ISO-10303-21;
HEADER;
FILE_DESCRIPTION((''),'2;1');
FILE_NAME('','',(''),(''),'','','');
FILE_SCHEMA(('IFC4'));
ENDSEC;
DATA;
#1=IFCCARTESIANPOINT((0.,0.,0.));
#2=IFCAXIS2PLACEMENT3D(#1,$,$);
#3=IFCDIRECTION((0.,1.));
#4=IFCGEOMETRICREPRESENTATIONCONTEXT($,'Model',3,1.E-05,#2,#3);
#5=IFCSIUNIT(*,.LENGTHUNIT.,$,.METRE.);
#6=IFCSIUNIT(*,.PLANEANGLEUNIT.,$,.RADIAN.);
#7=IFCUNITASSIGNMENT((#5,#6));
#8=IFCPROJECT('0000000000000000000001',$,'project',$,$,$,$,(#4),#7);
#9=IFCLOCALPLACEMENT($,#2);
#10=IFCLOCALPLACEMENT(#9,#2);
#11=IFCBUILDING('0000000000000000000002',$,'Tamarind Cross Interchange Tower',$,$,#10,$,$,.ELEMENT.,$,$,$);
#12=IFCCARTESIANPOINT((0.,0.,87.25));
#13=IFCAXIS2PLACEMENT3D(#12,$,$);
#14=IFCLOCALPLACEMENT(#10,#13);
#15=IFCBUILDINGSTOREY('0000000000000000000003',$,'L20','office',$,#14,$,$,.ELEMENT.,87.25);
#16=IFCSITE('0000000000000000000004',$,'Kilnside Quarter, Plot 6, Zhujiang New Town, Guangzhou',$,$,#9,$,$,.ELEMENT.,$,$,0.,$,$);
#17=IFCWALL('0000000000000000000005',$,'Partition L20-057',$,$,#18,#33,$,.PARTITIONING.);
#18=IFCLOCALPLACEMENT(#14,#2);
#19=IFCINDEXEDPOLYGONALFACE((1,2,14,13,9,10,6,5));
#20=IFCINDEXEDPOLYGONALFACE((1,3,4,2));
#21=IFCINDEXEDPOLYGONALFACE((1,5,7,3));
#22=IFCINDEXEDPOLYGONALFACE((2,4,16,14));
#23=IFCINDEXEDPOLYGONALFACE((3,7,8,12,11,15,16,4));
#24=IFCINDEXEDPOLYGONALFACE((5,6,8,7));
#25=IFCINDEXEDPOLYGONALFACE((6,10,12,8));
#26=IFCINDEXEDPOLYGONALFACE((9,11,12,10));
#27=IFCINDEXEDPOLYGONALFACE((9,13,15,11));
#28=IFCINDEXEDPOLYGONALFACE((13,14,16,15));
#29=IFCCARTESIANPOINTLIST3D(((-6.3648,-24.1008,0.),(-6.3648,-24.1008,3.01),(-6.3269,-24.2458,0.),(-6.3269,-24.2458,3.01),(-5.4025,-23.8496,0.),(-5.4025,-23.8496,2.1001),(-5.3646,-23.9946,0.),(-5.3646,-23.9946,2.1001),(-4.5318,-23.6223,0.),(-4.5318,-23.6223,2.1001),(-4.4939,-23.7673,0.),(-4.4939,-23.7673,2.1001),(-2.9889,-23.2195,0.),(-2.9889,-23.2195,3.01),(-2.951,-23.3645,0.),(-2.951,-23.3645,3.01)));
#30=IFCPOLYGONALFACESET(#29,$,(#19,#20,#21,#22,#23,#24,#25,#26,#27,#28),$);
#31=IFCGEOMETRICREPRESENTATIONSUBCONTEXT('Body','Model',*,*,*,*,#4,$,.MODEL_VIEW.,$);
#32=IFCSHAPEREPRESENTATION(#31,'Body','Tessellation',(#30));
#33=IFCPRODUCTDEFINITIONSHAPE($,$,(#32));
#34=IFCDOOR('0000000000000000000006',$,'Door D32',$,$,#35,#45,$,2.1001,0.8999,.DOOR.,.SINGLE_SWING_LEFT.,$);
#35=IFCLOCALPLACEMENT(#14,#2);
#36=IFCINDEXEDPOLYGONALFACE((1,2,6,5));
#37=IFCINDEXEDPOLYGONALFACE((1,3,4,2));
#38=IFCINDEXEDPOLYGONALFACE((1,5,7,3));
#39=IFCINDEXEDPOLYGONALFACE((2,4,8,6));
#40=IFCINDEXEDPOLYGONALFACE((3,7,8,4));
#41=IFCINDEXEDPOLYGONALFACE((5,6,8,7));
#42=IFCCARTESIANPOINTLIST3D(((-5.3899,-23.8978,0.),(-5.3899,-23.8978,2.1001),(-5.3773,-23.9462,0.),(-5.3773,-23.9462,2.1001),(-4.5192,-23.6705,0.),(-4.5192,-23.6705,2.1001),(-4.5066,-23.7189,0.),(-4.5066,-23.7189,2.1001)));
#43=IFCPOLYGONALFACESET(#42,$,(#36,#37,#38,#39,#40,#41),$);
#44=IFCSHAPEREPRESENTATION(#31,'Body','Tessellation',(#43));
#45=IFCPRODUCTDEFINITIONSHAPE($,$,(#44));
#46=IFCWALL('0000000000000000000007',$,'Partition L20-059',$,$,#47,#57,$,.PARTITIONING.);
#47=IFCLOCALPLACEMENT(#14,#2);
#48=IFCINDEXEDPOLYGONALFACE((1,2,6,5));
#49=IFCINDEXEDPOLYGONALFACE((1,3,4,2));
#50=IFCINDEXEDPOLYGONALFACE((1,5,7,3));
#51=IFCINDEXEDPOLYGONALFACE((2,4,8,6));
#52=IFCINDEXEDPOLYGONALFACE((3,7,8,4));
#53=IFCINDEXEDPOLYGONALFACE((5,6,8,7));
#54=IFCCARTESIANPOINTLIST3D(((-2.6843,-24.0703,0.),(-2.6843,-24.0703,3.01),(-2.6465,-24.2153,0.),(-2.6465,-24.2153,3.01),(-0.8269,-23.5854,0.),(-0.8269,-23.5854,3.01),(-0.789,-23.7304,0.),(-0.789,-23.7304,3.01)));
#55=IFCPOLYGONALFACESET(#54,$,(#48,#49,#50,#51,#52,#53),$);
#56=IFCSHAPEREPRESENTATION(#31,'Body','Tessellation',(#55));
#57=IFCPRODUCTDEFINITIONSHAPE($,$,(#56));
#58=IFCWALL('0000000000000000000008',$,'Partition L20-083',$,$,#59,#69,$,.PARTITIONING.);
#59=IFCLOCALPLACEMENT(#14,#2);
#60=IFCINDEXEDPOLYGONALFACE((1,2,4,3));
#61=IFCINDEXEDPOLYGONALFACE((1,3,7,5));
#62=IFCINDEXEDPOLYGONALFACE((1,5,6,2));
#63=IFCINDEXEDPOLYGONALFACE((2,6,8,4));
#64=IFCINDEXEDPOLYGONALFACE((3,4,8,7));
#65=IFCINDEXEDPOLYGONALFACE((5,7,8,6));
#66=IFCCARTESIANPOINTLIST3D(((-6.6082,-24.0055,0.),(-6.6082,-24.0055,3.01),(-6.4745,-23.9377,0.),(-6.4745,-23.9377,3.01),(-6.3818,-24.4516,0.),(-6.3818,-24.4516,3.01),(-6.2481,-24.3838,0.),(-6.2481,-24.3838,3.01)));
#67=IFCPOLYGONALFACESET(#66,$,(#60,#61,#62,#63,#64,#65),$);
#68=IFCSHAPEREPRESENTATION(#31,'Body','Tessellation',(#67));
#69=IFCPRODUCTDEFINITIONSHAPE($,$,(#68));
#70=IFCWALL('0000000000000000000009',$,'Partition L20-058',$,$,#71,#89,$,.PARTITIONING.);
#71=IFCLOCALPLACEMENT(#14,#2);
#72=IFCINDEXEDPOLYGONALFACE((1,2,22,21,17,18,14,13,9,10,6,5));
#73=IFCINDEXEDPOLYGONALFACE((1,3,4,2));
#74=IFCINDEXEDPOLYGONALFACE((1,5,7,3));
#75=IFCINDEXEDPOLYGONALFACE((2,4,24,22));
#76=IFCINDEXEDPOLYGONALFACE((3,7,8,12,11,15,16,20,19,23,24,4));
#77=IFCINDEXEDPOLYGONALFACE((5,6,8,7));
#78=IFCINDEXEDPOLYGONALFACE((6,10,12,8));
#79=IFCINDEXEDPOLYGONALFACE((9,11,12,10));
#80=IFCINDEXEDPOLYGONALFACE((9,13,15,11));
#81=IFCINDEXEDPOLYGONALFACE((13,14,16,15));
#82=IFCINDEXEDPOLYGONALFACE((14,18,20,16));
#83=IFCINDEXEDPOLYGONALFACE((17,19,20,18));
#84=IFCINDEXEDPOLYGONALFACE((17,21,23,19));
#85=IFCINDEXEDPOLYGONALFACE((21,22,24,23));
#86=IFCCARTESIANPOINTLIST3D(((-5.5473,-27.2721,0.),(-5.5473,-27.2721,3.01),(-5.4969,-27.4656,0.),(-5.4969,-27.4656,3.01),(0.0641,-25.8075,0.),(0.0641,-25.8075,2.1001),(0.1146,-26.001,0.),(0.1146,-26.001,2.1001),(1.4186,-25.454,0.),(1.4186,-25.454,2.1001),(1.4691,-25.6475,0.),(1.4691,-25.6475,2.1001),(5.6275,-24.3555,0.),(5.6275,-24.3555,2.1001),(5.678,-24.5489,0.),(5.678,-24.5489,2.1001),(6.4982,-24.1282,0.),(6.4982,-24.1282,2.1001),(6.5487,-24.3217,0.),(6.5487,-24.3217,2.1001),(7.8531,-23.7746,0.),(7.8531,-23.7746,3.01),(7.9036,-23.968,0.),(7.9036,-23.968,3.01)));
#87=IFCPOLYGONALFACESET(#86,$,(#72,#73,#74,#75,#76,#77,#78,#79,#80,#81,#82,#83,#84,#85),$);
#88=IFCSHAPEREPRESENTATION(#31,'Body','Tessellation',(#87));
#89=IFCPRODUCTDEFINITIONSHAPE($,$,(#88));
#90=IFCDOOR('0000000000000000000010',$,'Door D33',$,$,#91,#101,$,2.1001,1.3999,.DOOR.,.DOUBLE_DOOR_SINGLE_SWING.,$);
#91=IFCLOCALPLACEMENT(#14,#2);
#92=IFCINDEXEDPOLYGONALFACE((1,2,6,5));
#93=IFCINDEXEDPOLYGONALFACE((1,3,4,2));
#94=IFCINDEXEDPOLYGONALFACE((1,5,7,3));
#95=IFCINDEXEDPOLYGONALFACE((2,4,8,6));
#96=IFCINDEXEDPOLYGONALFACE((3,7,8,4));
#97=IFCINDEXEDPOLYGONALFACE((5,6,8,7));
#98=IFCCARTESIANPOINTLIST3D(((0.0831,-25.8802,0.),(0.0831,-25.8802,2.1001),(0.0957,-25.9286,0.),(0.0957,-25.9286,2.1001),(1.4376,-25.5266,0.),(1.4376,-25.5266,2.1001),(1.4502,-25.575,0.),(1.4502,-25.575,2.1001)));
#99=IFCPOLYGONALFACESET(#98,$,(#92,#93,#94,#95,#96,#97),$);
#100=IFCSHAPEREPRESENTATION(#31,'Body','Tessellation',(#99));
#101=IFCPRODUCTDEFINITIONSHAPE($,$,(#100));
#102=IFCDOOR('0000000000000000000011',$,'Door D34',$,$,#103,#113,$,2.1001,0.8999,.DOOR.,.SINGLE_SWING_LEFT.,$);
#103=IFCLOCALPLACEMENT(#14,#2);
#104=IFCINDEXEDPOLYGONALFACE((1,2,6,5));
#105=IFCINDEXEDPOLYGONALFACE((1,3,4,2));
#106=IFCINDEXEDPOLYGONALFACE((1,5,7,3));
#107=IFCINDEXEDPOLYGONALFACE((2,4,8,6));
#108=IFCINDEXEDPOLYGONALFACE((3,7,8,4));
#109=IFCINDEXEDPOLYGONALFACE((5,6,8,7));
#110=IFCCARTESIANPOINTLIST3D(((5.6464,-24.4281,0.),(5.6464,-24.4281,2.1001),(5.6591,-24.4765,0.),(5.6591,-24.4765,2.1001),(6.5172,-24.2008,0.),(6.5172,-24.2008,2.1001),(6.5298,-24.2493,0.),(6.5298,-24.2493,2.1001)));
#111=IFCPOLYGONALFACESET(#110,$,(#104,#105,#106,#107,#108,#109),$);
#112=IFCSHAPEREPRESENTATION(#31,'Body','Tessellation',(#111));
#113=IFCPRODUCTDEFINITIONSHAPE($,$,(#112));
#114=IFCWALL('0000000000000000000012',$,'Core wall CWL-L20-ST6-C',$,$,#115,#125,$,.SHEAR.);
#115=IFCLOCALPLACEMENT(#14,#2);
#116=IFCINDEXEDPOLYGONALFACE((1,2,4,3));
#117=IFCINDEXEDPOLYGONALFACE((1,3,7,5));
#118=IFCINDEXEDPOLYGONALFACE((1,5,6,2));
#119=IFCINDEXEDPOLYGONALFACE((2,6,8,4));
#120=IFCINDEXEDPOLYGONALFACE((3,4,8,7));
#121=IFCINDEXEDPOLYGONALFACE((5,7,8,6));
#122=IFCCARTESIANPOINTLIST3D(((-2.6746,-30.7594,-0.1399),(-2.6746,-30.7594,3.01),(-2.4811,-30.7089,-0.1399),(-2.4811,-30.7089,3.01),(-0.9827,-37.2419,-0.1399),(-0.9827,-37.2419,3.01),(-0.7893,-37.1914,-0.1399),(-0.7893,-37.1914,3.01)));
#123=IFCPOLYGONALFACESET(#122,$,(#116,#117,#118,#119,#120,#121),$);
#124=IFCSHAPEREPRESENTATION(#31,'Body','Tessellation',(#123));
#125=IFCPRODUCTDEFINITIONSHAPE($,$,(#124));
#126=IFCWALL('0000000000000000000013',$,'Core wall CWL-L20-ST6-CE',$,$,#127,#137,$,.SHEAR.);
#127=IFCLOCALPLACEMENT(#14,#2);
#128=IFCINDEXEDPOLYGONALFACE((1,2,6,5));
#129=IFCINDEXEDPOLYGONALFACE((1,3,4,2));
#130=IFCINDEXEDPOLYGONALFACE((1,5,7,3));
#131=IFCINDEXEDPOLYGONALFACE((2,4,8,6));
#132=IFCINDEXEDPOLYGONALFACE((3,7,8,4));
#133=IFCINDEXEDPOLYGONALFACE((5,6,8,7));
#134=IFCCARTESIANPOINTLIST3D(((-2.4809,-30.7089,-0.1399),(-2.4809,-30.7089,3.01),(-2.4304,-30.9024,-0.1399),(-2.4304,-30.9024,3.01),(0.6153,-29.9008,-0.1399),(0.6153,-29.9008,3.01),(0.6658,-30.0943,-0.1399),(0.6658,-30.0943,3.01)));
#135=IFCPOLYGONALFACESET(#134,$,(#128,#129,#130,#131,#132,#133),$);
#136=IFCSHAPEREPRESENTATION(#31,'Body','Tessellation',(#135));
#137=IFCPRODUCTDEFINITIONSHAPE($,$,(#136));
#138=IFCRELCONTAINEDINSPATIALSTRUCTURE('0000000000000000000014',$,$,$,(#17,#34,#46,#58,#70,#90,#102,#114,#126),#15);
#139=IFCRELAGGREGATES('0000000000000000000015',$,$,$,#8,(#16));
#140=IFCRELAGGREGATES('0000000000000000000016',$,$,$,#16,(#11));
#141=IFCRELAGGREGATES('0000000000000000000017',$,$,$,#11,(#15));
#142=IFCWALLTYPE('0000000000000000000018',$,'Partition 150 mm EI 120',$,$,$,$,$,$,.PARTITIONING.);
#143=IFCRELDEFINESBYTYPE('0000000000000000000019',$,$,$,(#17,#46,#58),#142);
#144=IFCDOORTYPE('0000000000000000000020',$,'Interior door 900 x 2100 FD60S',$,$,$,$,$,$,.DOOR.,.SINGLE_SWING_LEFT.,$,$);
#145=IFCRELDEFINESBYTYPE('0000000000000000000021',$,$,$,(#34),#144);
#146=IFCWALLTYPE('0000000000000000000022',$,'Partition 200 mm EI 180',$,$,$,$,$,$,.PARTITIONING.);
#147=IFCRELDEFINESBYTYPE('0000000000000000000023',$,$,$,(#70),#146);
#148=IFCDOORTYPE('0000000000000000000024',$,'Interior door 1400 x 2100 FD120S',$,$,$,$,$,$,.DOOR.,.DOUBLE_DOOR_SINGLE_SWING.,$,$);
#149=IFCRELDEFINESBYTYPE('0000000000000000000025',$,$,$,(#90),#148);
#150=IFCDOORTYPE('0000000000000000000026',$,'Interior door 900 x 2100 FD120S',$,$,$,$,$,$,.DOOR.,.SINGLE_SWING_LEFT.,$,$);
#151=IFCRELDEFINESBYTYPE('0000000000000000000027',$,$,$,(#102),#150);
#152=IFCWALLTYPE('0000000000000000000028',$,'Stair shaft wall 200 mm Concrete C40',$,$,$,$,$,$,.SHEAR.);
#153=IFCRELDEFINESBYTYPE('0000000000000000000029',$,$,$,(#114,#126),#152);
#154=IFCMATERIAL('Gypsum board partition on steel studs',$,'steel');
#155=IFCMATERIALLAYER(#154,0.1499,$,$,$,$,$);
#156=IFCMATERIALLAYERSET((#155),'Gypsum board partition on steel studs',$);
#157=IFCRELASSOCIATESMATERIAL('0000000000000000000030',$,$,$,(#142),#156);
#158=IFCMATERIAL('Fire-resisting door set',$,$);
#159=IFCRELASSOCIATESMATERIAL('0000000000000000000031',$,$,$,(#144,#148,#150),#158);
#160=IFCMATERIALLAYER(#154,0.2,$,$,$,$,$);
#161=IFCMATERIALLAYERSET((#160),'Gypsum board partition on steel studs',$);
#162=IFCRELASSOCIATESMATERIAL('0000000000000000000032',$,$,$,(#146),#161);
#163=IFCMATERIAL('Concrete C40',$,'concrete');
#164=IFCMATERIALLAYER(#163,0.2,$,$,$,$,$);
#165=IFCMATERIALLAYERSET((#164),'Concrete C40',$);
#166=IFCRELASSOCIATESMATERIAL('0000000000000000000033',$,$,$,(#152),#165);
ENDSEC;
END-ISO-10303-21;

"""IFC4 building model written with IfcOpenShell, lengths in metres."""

from ifc_helpers import new_model, si_unit, direction, frame, frame_2d, origin, place, context, subcontext, project, spatial, rectangle, extrude, material, layer, layer_set, type_object, element, fill, save


model = new_model("IFC4")

# Units and contexts
model_context = context("Model", 3, precision=1e-05, world=origin(), true_north=direction((0.0, 1.0)))
body_context = subcontext(model_context, "Body", "Model", "MODEL_VIEW")
ifc_project = project(units=[si_unit("LENGTHUNIT", "METRE"), si_unit("PLANEANGLEUNIT", "RADIAN")], contexts=[model_context])

# Site, building, storey
site_placement = place(None, origin())
site = spatial("IfcSite", under=ifc_project, at=site_placement, Name="Kilnside Quarter, Plot 6, Zhujiang New Town, Guangzhou", CompositionType="ELEMENT", RefElevation=0.0)
building_placement = place(site_placement, origin())
building = spatial("IfcBuilding", under=site, at=building_placement, Name="Tamarind Cross Interchange Tower", CompositionType="ELEMENT")
storey_placement = place(building_placement, frame((0.0, 0.0, 87.25)))
storey = spatial("IfcBuildingStorey", under=building, at=storey_placement, Name="L20", Description="office", CompositionType="ELEMENT", Elevation=87.25)

# Shared definitions
ifc_material_1 = material(Name="Gypsum board partition on steel studs", Category="steel")
ifc_layer_1 = layer(ifc_material_1, 0.1499)
ifc_layer_set_1 = layer_set([ifc_layer_1], Name="Gypsum board partition on steel studs")
wall_type_1 = type_object("IfcWallType", Name="Partition 150 mm EI 120", PredefinedType="PARTITIONING", material=ifc_layer_set_1)

# Shared definitions
ifc_material_2 = material(Name="Fire-resisting door set")
door_type_1 = type_object("IfcDoorType", Name="Interior door 900 x 2100 FD60S", OperationType="SINGLE_SWING_LEFT", PredefinedType="DOOR", material=ifc_material_2)

# Wall, opening, door
wall_1_placement = place(storey_placement, frame((-6.3459, -24.1733, 0.0), z_axis=(0.0, 0.0, 1.0), x_axis=(0.967571, 0.252598, 0.0)))
wall_1 = element("IfcWall", 1, at=wall_1_placement, inside=storey, type_object=wall_type_1, Name="Partition L20-057", PredefinedType="PARTITIONING", context=body_context, shape_type="SweptSolid", body=[
    extrude(rectangle(XDim=3.489, YDim=0.1499, at=frame_2d((1.7446, 0.0))), origin(), (0.0, 0.0, 1.0), 3.01),
])
opening_1_placement = place(wall_1_placement, frame((0.9946, 0.0, 0.0)))
opening_1 = element("IfcOpeningElement", 2, at=opening_1_placement, cuts=wall_1, PredefinedType="OPENING", context=body_context, shape_type="SweptSolid", body=[
    extrude(rectangle(XDim=0.8999, YDim=2.1001, at=frame_2d((0.45, 1.05))), frame((0.0, 0.085, 0.0), z_axis=(0.0, -1.0, 0.0), x_axis=(1.0, 0.0, 0.0)), (0.0, 0.0, 1.0), 0.1699),
])
door_1_placement = place(opening_1_placement, frame((0.8999, 0.0, 0.0), z_axis=(0.0, 0.0, 1.0), x_axis=(-1.0, 0.0, 0.0)))
door_1 = element("IfcDoor", 3, at=door_1_placement, inside=storey, type_object=door_type_1, Name="Door D32", OperationType="SINGLE_SWING_LEFT", OverallHeight=2.1001, OverallWidth=0.8999, PredefinedType="DOOR", context=body_context, shape_type="SweptSolid", body=[
    extrude(rectangle(XDim=0.8999, YDim=2.1001, at=frame_2d((0.45, 1.05))), frame((0.0, 0.0249, 0.0), z_axis=(0.0, -1.0, 0.0), x_axis=(1.0, 0.0, 0.0)), (0.0, 0.0, 1.0), 0.05),
])
fill(opening_1, door_1)

# Walls
wall_2_placement = place(storey_placement, frame((-2.6655, -24.1428, 0.0), z_axis=(0.0, 0.0, 1.0), x_axis=(0.967577, 0.252577, 0.0)))
element("IfcWall", 4, at=wall_2_placement, inside=storey, type_object=wall_type_1, Name="Partition L20-059", PredefinedType="PARTITIONING", context=body_context, shape_type="SweptSolid", body=[
    extrude(rectangle(XDim=1.9197, YDim=0.1499, at=frame_2d((0.96, 0.0))), origin(), (0.0, 0.0, 1.0), 3.01),
])
wall_3_placement = place(storey_placement, frame((-6.5413, -23.9717, 0.0), z_axis=(0.0, 0.0, 1.0), x_axis=(0.452477, -0.891776, 0.0)))
element("IfcWall", 5, at=wall_3_placement, inside=storey, type_object=wall_type_1, Name="Partition L20-083", PredefinedType="PARTITIONING", context=body_context, shape_type="SweptSolid", body=[
    extrude(rectangle(XDim=0.5002, YDim=0.1499, at=frame_2d((0.25, 0.0))), origin(), (0.0, 0.0, 1.0), 3.01),
])

# Wall, openings, doors
ifc_layer_2 = layer(ifc_material_1, 0.2)
ifc_layer_set_2 = layer_set([ifc_layer_2], Name="Gypsum board partition on steel studs")
wall_type_2 = type_object("IfcWallType", Name="Partition 200 mm EI 180", PredefinedType="PARTITIONING", material=ifc_layer_set_2)
wall_4_placement = place(storey_placement, frame((-5.5222, -27.3689, 0.0), z_axis=(0.0, 0.0, 1.0), x_axis=(0.967585, 0.252544, 0.0)))
wall_4 = element("IfcWall", 6, at=wall_4_placement, inside=storey, type_object=wall_type_2, Name="Partition L20-058", PredefinedType="PARTITIONING", context=body_context, shape_type="SweptSolid", body=[
    extrude(rectangle(XDim=13.8494, YDim=0.2, at=frame_2d((6.9248, 0.0))), origin(), (0.0, 0.0, 1.0), 3.01),
])
opening_2_placement = place(wall_4_placement, frame((5.7996, 0.0, 0.0)))
opening_2 = element("IfcOpeningElement", 7, at=opening_2_placement, cuts=wall_4, PredefinedType="OPENING", context=body_context, shape_type="SweptSolid", body=[
    extrude(rectangle(XDim=1.3999, YDim=2.1001, at=frame_2d((0.7, 1.05))), frame((0.0, 0.1099, 0.0), z_axis=(0.0, -1.0, 0.0), x_axis=(1.0, 0.0, 0.0)), (0.0, 0.0, 1.0), 0.22),
])
opening_3_placement = place(wall_4_placement, frame((11.5493, 0.0, 0.0)))
opening_3 = element("IfcOpeningElement", 8, at=opening_3_placement, cuts=wall_4, PredefinedType="OPENING", context=body_context, shape_type="SweptSolid", body=[
    extrude(rectangle(XDim=0.8999, YDim=2.1001, at=frame_2d((0.45, 1.05))), frame((0.0, 0.1099, 0.0), z_axis=(0.0, -1.0, 0.0), x_axis=(1.0, 0.0, 0.0)), (0.0, 0.0, 1.0), 0.22),
])
door_type_2 = type_object("IfcDoorType", Name="Interior door 1400 x 2100 FD120S", OperationType="DOUBLE_DOOR_SINGLE_SWING", PredefinedType="DOOR", material=ifc_material_2)
door_2_placement = place(opening_2_placement, origin())
door_2 = element("IfcDoor", 9, at=door_2_placement, inside=storey, type_object=door_type_2, Name="Door D33", OperationType="DOUBLE_DOOR_SINGLE_SWING", OverallHeight=2.1001, OverallWidth=1.3999, PredefinedType="DOOR", context=body_context, shape_type="SweptSolid", body=[
    extrude(rectangle(XDim=1.3999, YDim=2.1001, at=frame_2d((0.7, 1.05))), frame((0.0, 0.0249, 0.0), z_axis=(0.0, -1.0, 0.0), x_axis=(1.0, 0.0, 0.0)), (0.0, 0.0, 1.0), 0.05),
])
fill(opening_2, door_2)
door_type_3 = type_object("IfcDoorType", Name="Interior door 900 x 2100 FD120S", OperationType="SINGLE_SWING_LEFT", PredefinedType="DOOR", material=ifc_material_2)
door_3_placement = place(opening_3_placement, origin())
door_3 = element("IfcDoor", 10, at=door_3_placement, inside=storey, type_object=door_type_3, Name="Door D34", OperationType="SINGLE_SWING_LEFT", OverallHeight=2.1001, OverallWidth=0.8999, PredefinedType="DOOR", context=body_context, shape_type="SweptSolid", body=[
    extrude(rectangle(XDim=0.8999, YDim=2.1001, at=frame_2d((0.45, 1.05))), frame((0.0, 0.0249, 0.0), z_axis=(0.0, -1.0, 0.0), x_axis=(1.0, 0.0, 0.0)), (0.0, 0.0, 1.0), 0.05),
])
fill(opening_3, door_3)

# Walls
ifc_material_3 = material(Name="Concrete C40", Category="concrete")
ifc_layer_3 = layer(ifc_material_3, 0.2)
ifc_layer_set_3 = layer_set([ifc_layer_3], Name="Concrete C40")
wall_type_3 = type_object("IfcWallType", Name="Stair shaft wall 200 mm Concrete C40", PredefinedType="SHEAR", material=ifc_layer_set_3)
wall_5_placement = place(storey_placement, frame((-2.5779, -30.7341, -0.1399), z_axis=(0.0, 0.0, 1.0), x_axis=(0.252529, -0.967589, 0.0)))
element("IfcWall", 11, at=wall_5_placement, inside=storey, type_object=wall_type_3, Name="Core wall CWL-L20-ST6-C", PredefinedType="SHEAR", context=body_context, shape_type="SweptSolid", body=[
    extrude(rectangle(XDim=6.6997, YDim=0.2, at=frame_2d((3.3499, 0.0))), origin(), (0.0, 0.0, 1.0), 3.1499),
])
wall_6_placement = place(storey_placement, frame((-2.4558, -30.8057, -0.1399), z_axis=(0.0, 0.0, 1.0), x_axis=(0.967586, 0.25254, 0.0)))
element("IfcWall", 12, at=wall_6_placement, inside=storey, type_object=wall_type_3, Name="Core wall CWL-L20-ST6-CE", PredefinedType="SHEAR", context=body_context, shape_type="SweptSolid", body=[
    extrude(rectangle(XDim=3.2, YDim=0.2, at=frame_2d((1.6001, 0.0))), origin(), (0.0, 0.0, 1.0), 3.1499),
])

save(model, "model.ifc")
